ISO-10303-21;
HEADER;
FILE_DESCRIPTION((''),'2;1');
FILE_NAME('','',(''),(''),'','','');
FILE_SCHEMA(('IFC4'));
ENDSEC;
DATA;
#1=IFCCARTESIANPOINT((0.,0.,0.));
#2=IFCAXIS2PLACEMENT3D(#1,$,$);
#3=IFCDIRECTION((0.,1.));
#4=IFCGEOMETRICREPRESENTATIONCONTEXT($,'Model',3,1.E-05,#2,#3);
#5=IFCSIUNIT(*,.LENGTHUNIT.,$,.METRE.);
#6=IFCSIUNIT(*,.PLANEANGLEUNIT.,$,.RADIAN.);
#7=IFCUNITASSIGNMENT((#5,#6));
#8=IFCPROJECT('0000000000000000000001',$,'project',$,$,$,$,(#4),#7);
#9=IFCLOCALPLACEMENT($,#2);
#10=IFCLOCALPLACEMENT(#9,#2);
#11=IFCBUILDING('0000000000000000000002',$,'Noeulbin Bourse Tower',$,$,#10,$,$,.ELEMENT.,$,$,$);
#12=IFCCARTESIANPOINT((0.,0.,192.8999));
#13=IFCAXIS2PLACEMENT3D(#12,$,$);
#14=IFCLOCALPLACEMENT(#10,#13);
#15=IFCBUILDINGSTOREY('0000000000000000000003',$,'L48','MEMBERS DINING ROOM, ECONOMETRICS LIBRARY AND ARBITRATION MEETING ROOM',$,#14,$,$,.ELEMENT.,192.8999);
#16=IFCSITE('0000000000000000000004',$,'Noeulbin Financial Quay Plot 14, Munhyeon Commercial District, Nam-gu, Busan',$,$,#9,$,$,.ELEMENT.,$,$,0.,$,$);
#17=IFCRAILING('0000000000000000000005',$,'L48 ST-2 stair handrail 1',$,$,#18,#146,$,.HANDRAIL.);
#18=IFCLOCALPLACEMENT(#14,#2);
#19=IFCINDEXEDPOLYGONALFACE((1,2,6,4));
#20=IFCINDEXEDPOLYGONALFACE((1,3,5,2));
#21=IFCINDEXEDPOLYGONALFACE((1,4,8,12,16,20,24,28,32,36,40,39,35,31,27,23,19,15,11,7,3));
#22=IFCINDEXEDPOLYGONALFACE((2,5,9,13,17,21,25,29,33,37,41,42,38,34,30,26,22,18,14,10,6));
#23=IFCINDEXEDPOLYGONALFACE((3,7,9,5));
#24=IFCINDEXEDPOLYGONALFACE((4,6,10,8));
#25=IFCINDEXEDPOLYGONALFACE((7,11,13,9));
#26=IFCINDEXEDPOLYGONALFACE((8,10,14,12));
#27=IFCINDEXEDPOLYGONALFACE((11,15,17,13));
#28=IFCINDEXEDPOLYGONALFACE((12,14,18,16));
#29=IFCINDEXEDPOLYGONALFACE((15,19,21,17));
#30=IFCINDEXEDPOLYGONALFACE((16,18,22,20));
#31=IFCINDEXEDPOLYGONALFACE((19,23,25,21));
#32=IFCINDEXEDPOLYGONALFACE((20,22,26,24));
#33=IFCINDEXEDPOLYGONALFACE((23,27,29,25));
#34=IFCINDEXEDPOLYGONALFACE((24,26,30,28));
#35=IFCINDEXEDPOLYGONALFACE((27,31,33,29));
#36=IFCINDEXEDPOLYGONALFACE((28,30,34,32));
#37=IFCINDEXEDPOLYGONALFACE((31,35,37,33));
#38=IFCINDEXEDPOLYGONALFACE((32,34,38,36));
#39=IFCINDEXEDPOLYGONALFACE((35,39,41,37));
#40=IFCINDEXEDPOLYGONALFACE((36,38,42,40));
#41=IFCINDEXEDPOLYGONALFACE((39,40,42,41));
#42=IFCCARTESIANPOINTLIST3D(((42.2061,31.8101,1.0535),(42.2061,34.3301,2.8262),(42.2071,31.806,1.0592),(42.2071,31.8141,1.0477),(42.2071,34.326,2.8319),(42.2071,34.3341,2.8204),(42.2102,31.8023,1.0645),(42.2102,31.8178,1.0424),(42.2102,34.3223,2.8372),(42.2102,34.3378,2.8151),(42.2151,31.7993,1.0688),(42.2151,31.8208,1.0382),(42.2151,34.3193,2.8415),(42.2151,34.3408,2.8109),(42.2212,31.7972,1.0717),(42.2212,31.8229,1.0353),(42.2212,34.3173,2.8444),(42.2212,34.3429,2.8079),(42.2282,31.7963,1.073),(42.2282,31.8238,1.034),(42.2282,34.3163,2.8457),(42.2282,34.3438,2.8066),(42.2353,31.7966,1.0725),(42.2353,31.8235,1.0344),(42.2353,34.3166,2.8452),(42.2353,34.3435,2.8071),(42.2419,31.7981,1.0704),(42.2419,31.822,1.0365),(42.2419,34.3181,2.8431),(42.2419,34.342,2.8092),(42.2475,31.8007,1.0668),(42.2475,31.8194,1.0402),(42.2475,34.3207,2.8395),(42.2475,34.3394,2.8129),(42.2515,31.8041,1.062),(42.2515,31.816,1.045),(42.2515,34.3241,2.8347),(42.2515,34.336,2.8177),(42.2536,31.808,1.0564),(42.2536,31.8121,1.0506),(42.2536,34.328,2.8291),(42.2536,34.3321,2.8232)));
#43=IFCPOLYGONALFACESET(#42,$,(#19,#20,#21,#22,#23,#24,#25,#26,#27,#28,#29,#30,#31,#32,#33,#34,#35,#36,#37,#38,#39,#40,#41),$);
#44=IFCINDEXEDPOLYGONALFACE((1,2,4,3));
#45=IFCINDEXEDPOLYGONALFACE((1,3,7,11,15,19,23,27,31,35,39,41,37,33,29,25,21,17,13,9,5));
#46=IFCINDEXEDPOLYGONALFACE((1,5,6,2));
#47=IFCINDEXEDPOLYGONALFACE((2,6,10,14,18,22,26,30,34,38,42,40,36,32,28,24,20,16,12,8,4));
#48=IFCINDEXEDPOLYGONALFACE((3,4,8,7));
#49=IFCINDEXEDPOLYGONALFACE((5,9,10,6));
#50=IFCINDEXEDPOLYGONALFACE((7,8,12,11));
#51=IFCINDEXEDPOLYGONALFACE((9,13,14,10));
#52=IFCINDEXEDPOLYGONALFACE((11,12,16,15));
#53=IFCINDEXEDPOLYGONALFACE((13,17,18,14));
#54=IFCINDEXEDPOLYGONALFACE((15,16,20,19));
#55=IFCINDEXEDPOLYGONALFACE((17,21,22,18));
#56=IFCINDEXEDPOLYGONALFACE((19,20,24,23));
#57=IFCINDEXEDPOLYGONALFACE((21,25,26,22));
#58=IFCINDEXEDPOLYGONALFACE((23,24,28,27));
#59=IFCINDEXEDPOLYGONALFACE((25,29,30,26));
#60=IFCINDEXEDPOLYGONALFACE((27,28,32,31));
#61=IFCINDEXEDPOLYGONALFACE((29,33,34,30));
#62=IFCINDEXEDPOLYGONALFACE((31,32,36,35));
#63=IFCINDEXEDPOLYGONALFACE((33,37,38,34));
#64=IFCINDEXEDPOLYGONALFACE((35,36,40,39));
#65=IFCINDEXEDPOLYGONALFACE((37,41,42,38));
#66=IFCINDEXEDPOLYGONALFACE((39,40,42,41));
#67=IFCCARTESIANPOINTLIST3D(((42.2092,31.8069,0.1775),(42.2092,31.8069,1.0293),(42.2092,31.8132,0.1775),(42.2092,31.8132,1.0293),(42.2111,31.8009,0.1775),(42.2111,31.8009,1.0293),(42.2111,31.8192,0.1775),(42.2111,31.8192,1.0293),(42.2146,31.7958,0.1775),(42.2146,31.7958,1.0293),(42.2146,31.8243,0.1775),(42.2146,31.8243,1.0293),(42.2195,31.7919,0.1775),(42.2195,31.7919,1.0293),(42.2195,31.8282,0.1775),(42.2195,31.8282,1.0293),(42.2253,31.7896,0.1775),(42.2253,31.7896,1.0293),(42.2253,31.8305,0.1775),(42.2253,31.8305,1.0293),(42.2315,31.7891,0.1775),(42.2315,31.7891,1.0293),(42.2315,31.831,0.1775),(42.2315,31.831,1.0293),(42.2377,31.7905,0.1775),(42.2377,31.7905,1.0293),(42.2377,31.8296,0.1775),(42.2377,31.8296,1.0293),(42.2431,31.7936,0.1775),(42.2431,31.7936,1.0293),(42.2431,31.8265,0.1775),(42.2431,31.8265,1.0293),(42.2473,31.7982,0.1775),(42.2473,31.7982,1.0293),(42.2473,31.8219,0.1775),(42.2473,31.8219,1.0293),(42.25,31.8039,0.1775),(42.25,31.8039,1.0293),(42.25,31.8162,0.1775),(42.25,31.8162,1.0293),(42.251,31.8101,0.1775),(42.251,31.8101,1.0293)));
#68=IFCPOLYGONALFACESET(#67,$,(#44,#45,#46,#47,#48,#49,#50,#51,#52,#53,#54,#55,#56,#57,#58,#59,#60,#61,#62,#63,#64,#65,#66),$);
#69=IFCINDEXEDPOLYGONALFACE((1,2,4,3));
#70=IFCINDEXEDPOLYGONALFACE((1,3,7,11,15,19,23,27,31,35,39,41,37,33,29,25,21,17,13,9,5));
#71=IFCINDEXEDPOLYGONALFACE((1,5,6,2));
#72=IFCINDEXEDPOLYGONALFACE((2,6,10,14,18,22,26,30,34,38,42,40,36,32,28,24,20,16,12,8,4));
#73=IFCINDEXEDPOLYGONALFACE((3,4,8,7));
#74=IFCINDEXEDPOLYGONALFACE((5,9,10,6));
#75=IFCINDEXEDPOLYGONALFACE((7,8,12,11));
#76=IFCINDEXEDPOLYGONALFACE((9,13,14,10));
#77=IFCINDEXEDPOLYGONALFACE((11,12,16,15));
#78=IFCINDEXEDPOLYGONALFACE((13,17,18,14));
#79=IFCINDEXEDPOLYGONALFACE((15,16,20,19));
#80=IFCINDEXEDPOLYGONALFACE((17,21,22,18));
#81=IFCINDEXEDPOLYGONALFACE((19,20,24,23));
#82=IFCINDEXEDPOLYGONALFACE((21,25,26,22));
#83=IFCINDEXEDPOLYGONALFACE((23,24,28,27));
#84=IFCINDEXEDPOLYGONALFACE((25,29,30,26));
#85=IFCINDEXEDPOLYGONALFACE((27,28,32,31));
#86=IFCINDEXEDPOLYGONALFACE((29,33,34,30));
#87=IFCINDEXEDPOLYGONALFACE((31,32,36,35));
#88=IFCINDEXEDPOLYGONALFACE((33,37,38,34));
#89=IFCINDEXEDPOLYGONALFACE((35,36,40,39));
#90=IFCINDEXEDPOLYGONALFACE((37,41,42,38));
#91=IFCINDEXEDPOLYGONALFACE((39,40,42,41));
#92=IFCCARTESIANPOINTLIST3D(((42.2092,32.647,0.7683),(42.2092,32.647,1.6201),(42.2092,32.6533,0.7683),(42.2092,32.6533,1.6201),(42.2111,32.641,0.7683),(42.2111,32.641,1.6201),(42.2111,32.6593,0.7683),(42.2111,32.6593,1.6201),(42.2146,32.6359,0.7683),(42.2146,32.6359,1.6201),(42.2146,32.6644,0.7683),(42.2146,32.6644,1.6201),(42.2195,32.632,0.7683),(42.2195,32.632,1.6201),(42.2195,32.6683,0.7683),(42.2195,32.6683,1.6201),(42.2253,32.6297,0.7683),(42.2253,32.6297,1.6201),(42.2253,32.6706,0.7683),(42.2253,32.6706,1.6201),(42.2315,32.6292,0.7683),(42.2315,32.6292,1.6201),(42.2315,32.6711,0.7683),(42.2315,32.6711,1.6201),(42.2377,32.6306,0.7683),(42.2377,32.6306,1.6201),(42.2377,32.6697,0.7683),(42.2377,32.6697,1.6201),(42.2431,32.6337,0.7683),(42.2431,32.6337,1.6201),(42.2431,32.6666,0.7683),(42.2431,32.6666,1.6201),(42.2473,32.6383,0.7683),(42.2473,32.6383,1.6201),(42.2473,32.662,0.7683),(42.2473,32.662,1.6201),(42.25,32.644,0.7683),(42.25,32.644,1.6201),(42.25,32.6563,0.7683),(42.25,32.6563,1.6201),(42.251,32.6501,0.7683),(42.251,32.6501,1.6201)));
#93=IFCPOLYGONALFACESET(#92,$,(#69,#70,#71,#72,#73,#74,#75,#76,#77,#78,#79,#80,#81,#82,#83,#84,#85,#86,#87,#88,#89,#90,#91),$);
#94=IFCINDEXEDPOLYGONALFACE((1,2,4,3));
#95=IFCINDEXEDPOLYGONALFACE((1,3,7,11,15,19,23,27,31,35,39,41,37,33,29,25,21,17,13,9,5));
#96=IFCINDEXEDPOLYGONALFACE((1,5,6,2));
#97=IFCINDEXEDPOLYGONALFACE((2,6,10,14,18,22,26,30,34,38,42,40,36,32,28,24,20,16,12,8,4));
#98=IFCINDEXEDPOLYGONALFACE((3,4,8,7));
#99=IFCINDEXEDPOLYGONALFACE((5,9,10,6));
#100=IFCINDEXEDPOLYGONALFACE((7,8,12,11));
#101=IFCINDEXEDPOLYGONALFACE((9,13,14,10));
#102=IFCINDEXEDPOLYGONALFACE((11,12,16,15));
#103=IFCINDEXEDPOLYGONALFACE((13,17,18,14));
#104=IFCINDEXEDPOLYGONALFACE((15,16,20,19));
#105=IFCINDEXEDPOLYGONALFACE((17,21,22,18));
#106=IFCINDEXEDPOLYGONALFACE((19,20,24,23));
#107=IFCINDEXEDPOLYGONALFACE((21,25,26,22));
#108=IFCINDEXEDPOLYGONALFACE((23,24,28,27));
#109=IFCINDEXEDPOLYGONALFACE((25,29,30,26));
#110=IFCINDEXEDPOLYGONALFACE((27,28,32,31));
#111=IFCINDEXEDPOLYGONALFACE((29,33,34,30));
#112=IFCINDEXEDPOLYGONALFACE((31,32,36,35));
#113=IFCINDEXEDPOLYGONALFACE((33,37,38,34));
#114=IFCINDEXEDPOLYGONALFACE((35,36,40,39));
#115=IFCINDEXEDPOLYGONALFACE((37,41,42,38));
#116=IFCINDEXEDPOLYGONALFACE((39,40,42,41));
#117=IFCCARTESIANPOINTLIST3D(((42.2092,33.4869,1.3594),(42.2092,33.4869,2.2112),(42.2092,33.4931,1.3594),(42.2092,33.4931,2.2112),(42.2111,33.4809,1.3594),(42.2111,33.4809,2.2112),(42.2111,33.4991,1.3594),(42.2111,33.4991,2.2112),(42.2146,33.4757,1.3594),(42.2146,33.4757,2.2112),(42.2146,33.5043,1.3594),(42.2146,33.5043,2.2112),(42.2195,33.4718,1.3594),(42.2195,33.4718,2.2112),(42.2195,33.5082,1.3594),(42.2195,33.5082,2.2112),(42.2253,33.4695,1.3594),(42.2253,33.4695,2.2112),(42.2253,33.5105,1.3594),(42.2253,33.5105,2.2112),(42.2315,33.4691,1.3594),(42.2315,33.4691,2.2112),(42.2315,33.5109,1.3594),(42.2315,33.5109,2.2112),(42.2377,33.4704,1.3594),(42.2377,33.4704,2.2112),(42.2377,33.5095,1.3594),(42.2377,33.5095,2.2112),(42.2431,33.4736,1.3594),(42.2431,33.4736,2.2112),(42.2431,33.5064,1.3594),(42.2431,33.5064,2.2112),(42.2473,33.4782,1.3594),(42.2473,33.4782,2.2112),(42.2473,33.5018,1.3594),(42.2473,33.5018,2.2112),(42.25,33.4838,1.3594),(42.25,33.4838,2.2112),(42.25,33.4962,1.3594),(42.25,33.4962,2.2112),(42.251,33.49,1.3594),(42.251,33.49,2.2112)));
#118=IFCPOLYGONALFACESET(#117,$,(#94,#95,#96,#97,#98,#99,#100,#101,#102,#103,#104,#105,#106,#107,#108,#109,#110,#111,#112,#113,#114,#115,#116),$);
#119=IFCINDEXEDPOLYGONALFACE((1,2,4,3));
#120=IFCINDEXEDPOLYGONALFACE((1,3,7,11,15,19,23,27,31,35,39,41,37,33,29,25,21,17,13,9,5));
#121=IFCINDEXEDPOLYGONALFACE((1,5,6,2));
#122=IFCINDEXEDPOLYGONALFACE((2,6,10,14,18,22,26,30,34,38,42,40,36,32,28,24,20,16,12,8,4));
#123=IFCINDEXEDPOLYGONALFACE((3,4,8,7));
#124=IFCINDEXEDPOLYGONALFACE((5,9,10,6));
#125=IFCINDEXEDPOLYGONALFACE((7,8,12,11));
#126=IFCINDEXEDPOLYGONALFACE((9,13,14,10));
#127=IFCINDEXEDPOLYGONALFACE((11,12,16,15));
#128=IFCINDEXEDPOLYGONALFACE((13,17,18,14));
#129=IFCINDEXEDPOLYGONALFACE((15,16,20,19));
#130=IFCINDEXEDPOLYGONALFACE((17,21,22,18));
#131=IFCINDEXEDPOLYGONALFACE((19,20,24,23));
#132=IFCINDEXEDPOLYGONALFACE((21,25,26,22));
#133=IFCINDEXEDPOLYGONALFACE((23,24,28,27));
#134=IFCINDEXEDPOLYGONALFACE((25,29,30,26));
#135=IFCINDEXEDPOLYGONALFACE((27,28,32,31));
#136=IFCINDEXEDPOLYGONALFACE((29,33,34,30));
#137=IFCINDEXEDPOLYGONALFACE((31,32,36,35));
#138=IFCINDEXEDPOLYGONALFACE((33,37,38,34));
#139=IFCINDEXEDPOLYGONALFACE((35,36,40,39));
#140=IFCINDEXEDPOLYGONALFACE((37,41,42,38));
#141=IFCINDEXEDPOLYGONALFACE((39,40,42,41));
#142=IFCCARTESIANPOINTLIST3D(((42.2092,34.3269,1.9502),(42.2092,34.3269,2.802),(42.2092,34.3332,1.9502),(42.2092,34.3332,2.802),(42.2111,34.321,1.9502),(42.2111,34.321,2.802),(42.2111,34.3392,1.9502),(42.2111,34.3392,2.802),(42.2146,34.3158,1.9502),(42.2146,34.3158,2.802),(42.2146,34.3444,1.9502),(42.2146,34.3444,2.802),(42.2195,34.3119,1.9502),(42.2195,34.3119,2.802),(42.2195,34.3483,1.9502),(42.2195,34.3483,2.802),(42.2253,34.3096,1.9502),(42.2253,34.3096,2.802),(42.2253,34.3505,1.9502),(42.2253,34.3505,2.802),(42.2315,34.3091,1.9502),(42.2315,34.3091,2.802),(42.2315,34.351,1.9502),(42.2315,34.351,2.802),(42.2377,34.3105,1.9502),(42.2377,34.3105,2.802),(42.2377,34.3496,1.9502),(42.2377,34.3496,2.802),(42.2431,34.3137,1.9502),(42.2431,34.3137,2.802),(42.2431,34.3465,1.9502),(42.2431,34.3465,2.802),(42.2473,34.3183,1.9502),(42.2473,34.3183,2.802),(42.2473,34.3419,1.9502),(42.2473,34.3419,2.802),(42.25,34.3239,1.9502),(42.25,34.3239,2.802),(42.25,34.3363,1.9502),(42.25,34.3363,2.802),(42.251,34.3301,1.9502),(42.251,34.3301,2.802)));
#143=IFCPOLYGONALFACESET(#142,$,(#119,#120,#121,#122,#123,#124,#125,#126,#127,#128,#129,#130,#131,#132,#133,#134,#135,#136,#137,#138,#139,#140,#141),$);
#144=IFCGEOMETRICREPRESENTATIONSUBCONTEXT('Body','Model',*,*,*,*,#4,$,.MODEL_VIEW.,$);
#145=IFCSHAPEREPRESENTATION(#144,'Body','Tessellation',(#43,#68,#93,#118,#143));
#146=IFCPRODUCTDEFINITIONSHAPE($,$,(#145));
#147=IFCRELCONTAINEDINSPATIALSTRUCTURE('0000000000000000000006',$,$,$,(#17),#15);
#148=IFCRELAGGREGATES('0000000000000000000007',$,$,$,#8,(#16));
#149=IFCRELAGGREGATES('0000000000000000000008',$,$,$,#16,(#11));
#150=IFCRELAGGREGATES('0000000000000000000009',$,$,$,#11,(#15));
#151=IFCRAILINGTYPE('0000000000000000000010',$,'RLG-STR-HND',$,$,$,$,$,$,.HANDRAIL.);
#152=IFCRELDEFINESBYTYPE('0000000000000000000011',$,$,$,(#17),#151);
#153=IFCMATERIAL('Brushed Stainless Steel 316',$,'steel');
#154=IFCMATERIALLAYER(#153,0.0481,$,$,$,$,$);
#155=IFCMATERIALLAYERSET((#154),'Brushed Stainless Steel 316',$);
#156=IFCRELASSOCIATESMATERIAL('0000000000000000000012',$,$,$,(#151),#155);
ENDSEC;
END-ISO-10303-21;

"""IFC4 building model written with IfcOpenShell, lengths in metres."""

from ifc_helpers import new_model, si_unit, direction, frame, origin, origin_2d, place, context, subcontext, project, spatial, circle, extrude, material, layer, layer_set, type_object, element, save


model = new_model("IFC4")

# Units and contexts
model_context = context("Model", 3, precision=1e-05, world=origin(), true_north=direction((0.0, 1.0)))
body_context = subcontext(model_context, "Body", "Model", "MODEL_VIEW")
ifc_project = project(units=[si_unit("LENGTHUNIT", "METRE"), si_unit("PLANEANGLEUNIT", "RADIAN")], contexts=[model_context])

# Site, building, storey
site_placement = place(None, origin())
site = spatial("IfcSite", under=ifc_project, at=site_placement, Name="Noeulbin Financial Quay Plot 14, Munhyeon Commercial District, Nam-gu, Busan", CompositionType="ELEMENT", RefElevation=0.0)
building_placement = place(site_placement, origin())
building = spatial("IfcBuilding", under=site, at=building_placement, Name="Noeulbin Bourse Tower", CompositionType="ELEMENT")
storey_placement = place(building_placement, frame((0.0, 0.0, 192.8999)))
storey = spatial("IfcBuildingStorey", under=building, at=storey_placement, Name="L48", Description="MEMBERS DINING ROOM, ECONOMETRICS LIBRARY AND ARBITRATION MEETING ROOM", CompositionType="ELEMENT", Elevation=192.8999)

# Railing
ifc_material_1 = material(Name="Brushed Stainless Steel 316", Category="steel")
ifc_layer_1 = layer(ifc_material_1, 0.0481)
ifc_layer_set_1 = layer_set([ifc_layer_1], Name="Brushed Stainless Steel 316")
railing_type_1 = type_object("IfcRailingType", Name="RLG-STR-HND", PredefinedType="HANDRAIL", material=ifc_layer_set_1)
railing_1_placement = place(storey_placement, frame((42.23, 31.8101, 0.1775)))
element("IfcRailing", 1, at=railing_1_placement, inside=storey, type_object=railing_type_1, Name="L48 ST-2 stair handrail 1", PredefinedType="HANDRAIL", context=body_context, shape_type="SweptSolid", body=[
    extrude(circle(Radius=0.0239, at=origin_2d()), frame((0.0, 0.0, 0.876), z_axis=(0.0, 0.817904, 0.575354), x_axis=(-1.0, 0.0, 0.0)), (0.0, 0.0, 1.0), 3.0811),
    extrude(circle(Radius=0.021, at=origin_2d()), origin(), (0.0, 0.0, 1.0), 0.8518),
    extrude(circle(Radius=0.021, at=origin_2d()), frame((0.0, 0.8401, 0.5908)), (0.0, 0.0, 1.0), 0.8518),
    extrude(circle(Radius=0.021, at=origin_2d()), frame((0.0, 1.6799, 1.1819)), (0.0, 0.0, 1.0), 0.8518),
    extrude(circle(Radius=0.021, at=origin_2d()), frame((0.0, 2.52, 1.7727)), (0.0, 0.0, 1.0), 0.8518),
])

save(model, "model.ifc")
